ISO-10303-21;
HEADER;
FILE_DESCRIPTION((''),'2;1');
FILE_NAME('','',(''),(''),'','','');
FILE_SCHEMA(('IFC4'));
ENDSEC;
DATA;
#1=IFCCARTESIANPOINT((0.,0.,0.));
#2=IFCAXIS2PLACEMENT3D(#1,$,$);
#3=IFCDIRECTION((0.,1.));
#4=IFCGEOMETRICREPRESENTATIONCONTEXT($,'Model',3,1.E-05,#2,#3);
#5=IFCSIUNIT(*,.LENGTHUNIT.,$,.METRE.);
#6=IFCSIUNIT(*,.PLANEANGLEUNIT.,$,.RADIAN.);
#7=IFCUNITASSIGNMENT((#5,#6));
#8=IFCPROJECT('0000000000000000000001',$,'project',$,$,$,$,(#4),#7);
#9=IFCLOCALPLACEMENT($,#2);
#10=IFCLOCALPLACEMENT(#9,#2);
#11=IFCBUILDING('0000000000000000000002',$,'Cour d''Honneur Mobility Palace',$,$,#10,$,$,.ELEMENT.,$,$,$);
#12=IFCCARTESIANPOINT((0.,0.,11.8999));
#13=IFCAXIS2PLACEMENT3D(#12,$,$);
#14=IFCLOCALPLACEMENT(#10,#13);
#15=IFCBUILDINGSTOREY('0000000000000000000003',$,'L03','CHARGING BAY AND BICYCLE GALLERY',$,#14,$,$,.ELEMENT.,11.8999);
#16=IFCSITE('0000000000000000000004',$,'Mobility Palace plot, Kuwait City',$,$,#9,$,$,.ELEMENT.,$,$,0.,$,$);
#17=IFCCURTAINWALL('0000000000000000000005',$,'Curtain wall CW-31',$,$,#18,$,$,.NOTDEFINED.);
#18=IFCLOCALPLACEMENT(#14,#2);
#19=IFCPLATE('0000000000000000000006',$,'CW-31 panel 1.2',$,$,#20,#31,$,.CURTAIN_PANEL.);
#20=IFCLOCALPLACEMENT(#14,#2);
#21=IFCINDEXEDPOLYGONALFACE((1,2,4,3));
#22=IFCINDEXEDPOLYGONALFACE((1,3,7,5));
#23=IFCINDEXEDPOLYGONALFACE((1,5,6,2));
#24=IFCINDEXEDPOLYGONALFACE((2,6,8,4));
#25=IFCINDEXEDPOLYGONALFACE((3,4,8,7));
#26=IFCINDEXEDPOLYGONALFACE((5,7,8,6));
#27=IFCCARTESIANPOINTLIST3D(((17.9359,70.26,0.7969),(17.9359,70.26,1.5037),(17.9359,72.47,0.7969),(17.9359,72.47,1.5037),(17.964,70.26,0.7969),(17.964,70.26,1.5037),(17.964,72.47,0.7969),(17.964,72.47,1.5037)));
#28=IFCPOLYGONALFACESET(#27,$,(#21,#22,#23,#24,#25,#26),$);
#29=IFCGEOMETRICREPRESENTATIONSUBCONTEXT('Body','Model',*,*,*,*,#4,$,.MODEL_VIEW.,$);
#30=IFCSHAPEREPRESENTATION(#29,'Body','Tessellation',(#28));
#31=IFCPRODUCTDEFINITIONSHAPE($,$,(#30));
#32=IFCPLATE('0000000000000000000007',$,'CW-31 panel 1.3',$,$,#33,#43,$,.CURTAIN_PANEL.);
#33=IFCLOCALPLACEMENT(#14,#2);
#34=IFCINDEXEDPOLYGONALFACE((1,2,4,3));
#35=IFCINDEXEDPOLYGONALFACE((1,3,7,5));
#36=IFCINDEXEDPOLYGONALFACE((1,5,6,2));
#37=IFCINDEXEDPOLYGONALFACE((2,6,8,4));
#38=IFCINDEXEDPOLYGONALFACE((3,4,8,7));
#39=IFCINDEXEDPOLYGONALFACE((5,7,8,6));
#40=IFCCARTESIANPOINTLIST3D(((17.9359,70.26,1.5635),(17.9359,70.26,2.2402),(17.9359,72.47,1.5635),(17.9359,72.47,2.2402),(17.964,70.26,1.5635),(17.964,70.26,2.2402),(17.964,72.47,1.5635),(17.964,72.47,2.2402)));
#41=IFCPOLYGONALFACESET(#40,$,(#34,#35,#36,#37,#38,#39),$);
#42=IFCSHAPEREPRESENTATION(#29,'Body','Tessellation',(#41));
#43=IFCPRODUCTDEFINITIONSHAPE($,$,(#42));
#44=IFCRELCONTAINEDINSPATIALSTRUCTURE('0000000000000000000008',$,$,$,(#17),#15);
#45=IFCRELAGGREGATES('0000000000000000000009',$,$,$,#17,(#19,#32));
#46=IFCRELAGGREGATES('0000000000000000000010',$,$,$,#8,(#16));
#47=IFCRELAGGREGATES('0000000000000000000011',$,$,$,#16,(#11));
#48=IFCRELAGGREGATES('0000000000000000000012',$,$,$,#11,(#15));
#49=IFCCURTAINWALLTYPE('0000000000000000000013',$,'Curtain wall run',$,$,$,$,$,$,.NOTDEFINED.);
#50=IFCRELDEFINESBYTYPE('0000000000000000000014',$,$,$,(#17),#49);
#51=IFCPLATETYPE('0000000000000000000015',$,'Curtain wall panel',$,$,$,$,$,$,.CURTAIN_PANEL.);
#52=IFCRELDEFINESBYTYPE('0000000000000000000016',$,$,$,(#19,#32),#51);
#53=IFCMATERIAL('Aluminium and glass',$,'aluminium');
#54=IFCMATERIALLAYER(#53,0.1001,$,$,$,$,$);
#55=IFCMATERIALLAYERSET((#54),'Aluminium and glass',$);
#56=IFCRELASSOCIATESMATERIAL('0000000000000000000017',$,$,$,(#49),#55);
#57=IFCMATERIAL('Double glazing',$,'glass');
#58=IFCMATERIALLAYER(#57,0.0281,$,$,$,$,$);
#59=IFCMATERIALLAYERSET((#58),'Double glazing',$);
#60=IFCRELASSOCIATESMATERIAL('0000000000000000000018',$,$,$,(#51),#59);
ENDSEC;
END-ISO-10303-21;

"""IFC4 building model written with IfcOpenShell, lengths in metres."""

from ifc_helpers import new_model, si_unit, direction, frame, origin, origin_2d, place, context, subcontext, project, spatial, rectangle, extrude, material, layer, layer_set, type_object, element, aggregate, save


model = new_model("IFC4")

# Units and contexts
model_context = context("Model", 3, precision=1e-05, world=origin(), true_north=direction((0.0, 1.0)))
body_context = subcontext(model_context, "Body", "Model", "MODEL_VIEW")
ifc_project = project(units=[si_unit("LENGTHUNIT", "METRE"), si_unit("PLANEANGLEUNIT", "RADIAN")], contexts=[model_context])

# Site, building, storey
site_placement = place(None, origin())
site = spatial("IfcSite", under=ifc_project, at=site_placement, Name="Mobility Palace plot, Kuwait City", CompositionType="ELEMENT", RefElevation=0.0)
building_placement = place(site_placement, origin())
building = spatial("IfcBuilding", under=site, at=building_placement, Name="Cour d'Honneur Mobility Palace", CompositionType="ELEMENT")
storey_placement = place(building_placement, frame((0.0, 0.0, 11.8999)))
storey = spatial("IfcBuildingStorey", under=building, at=storey_placement, Name="L03", Description="CHARGING BAY AND BICYCLE GALLERY", CompositionType="ELEMENT", Elevation=11.8999)

# Curtain wall
ifc_material_1 = material(Name="Aluminium and glass", Category="aluminium")
ifc_layer_1 = layer(ifc_material_1, 0.1001)
ifc_layer_set_1 = layer_set([ifc_layer_1], Name="Aluminium and glass")
curtain_wall_type = type_object("IfcCurtainWallType", Name="Curtain wall run", PredefinedType="NOTDEFINED", material=ifc_layer_set_1)
curtain_wall_1_placement = place(storey_placement, origin())
curtain_wall_1 = element("IfcCurtainWall", 1, at=curtain_wall_1_placement, inside=storey, type_object=curtain_wall_type, Name="Curtain wall CW-31", PredefinedType="NOTDEFINED")

# Plates
ifc_material_2 = material(Name="Double glazing", Category="glass")
ifc_layer_2 = layer(ifc_material_2, 0.0281)
ifc_layer_set_2 = layer_set([ifc_layer_2], Name="Double glazing")
plate_type = type_object("IfcPlateType", Name="Curtain wall panel", PredefinedType="CURTAIN_PANEL", material=ifc_layer_set_2)
plate_1_placement = place(storey_placement, frame((17.95, 71.365, 0.7969), z_axis=(0.0, 0.0, 1.0), x_axis=(0.0, 1.0, 0.0)))
plate_1 = element("IfcPlate", 2, at=plate_1_placement, type_object=plate_type, Name="CW-31 panel 1.2", PredefinedType="CURTAIN_PANEL", context=body_context, shape_type="SweptSolid", body=[
    extrude(rectangle(XDim=2.21, YDim=0.0281, at=origin_2d()), origin(), (0.0, 0.0, 1.0), 0.7068),
])
plate_2_placement = place(storey_placement, frame((17.95, 71.365, 1.5635), z_axis=(0.0, 0.0, 1.0), x_axis=(0.0, 1.0, 0.0)))
plate_2 = element("IfcPlate", 3, at=plate_2_placement, type_object=plate_type, Name="CW-31 panel 1.3", PredefinedType="CURTAIN_PANEL", context=body_context, shape_type="SweptSolid", body=[
    extrude(rectangle(XDim=2.21, YDim=0.0281, at=origin_2d()), origin(), (0.0, 0.0, 1.0), 0.6768),
])
aggregate(curtain_wall_1, [plate_1, plate_2])

save(model, "model.ifc")
